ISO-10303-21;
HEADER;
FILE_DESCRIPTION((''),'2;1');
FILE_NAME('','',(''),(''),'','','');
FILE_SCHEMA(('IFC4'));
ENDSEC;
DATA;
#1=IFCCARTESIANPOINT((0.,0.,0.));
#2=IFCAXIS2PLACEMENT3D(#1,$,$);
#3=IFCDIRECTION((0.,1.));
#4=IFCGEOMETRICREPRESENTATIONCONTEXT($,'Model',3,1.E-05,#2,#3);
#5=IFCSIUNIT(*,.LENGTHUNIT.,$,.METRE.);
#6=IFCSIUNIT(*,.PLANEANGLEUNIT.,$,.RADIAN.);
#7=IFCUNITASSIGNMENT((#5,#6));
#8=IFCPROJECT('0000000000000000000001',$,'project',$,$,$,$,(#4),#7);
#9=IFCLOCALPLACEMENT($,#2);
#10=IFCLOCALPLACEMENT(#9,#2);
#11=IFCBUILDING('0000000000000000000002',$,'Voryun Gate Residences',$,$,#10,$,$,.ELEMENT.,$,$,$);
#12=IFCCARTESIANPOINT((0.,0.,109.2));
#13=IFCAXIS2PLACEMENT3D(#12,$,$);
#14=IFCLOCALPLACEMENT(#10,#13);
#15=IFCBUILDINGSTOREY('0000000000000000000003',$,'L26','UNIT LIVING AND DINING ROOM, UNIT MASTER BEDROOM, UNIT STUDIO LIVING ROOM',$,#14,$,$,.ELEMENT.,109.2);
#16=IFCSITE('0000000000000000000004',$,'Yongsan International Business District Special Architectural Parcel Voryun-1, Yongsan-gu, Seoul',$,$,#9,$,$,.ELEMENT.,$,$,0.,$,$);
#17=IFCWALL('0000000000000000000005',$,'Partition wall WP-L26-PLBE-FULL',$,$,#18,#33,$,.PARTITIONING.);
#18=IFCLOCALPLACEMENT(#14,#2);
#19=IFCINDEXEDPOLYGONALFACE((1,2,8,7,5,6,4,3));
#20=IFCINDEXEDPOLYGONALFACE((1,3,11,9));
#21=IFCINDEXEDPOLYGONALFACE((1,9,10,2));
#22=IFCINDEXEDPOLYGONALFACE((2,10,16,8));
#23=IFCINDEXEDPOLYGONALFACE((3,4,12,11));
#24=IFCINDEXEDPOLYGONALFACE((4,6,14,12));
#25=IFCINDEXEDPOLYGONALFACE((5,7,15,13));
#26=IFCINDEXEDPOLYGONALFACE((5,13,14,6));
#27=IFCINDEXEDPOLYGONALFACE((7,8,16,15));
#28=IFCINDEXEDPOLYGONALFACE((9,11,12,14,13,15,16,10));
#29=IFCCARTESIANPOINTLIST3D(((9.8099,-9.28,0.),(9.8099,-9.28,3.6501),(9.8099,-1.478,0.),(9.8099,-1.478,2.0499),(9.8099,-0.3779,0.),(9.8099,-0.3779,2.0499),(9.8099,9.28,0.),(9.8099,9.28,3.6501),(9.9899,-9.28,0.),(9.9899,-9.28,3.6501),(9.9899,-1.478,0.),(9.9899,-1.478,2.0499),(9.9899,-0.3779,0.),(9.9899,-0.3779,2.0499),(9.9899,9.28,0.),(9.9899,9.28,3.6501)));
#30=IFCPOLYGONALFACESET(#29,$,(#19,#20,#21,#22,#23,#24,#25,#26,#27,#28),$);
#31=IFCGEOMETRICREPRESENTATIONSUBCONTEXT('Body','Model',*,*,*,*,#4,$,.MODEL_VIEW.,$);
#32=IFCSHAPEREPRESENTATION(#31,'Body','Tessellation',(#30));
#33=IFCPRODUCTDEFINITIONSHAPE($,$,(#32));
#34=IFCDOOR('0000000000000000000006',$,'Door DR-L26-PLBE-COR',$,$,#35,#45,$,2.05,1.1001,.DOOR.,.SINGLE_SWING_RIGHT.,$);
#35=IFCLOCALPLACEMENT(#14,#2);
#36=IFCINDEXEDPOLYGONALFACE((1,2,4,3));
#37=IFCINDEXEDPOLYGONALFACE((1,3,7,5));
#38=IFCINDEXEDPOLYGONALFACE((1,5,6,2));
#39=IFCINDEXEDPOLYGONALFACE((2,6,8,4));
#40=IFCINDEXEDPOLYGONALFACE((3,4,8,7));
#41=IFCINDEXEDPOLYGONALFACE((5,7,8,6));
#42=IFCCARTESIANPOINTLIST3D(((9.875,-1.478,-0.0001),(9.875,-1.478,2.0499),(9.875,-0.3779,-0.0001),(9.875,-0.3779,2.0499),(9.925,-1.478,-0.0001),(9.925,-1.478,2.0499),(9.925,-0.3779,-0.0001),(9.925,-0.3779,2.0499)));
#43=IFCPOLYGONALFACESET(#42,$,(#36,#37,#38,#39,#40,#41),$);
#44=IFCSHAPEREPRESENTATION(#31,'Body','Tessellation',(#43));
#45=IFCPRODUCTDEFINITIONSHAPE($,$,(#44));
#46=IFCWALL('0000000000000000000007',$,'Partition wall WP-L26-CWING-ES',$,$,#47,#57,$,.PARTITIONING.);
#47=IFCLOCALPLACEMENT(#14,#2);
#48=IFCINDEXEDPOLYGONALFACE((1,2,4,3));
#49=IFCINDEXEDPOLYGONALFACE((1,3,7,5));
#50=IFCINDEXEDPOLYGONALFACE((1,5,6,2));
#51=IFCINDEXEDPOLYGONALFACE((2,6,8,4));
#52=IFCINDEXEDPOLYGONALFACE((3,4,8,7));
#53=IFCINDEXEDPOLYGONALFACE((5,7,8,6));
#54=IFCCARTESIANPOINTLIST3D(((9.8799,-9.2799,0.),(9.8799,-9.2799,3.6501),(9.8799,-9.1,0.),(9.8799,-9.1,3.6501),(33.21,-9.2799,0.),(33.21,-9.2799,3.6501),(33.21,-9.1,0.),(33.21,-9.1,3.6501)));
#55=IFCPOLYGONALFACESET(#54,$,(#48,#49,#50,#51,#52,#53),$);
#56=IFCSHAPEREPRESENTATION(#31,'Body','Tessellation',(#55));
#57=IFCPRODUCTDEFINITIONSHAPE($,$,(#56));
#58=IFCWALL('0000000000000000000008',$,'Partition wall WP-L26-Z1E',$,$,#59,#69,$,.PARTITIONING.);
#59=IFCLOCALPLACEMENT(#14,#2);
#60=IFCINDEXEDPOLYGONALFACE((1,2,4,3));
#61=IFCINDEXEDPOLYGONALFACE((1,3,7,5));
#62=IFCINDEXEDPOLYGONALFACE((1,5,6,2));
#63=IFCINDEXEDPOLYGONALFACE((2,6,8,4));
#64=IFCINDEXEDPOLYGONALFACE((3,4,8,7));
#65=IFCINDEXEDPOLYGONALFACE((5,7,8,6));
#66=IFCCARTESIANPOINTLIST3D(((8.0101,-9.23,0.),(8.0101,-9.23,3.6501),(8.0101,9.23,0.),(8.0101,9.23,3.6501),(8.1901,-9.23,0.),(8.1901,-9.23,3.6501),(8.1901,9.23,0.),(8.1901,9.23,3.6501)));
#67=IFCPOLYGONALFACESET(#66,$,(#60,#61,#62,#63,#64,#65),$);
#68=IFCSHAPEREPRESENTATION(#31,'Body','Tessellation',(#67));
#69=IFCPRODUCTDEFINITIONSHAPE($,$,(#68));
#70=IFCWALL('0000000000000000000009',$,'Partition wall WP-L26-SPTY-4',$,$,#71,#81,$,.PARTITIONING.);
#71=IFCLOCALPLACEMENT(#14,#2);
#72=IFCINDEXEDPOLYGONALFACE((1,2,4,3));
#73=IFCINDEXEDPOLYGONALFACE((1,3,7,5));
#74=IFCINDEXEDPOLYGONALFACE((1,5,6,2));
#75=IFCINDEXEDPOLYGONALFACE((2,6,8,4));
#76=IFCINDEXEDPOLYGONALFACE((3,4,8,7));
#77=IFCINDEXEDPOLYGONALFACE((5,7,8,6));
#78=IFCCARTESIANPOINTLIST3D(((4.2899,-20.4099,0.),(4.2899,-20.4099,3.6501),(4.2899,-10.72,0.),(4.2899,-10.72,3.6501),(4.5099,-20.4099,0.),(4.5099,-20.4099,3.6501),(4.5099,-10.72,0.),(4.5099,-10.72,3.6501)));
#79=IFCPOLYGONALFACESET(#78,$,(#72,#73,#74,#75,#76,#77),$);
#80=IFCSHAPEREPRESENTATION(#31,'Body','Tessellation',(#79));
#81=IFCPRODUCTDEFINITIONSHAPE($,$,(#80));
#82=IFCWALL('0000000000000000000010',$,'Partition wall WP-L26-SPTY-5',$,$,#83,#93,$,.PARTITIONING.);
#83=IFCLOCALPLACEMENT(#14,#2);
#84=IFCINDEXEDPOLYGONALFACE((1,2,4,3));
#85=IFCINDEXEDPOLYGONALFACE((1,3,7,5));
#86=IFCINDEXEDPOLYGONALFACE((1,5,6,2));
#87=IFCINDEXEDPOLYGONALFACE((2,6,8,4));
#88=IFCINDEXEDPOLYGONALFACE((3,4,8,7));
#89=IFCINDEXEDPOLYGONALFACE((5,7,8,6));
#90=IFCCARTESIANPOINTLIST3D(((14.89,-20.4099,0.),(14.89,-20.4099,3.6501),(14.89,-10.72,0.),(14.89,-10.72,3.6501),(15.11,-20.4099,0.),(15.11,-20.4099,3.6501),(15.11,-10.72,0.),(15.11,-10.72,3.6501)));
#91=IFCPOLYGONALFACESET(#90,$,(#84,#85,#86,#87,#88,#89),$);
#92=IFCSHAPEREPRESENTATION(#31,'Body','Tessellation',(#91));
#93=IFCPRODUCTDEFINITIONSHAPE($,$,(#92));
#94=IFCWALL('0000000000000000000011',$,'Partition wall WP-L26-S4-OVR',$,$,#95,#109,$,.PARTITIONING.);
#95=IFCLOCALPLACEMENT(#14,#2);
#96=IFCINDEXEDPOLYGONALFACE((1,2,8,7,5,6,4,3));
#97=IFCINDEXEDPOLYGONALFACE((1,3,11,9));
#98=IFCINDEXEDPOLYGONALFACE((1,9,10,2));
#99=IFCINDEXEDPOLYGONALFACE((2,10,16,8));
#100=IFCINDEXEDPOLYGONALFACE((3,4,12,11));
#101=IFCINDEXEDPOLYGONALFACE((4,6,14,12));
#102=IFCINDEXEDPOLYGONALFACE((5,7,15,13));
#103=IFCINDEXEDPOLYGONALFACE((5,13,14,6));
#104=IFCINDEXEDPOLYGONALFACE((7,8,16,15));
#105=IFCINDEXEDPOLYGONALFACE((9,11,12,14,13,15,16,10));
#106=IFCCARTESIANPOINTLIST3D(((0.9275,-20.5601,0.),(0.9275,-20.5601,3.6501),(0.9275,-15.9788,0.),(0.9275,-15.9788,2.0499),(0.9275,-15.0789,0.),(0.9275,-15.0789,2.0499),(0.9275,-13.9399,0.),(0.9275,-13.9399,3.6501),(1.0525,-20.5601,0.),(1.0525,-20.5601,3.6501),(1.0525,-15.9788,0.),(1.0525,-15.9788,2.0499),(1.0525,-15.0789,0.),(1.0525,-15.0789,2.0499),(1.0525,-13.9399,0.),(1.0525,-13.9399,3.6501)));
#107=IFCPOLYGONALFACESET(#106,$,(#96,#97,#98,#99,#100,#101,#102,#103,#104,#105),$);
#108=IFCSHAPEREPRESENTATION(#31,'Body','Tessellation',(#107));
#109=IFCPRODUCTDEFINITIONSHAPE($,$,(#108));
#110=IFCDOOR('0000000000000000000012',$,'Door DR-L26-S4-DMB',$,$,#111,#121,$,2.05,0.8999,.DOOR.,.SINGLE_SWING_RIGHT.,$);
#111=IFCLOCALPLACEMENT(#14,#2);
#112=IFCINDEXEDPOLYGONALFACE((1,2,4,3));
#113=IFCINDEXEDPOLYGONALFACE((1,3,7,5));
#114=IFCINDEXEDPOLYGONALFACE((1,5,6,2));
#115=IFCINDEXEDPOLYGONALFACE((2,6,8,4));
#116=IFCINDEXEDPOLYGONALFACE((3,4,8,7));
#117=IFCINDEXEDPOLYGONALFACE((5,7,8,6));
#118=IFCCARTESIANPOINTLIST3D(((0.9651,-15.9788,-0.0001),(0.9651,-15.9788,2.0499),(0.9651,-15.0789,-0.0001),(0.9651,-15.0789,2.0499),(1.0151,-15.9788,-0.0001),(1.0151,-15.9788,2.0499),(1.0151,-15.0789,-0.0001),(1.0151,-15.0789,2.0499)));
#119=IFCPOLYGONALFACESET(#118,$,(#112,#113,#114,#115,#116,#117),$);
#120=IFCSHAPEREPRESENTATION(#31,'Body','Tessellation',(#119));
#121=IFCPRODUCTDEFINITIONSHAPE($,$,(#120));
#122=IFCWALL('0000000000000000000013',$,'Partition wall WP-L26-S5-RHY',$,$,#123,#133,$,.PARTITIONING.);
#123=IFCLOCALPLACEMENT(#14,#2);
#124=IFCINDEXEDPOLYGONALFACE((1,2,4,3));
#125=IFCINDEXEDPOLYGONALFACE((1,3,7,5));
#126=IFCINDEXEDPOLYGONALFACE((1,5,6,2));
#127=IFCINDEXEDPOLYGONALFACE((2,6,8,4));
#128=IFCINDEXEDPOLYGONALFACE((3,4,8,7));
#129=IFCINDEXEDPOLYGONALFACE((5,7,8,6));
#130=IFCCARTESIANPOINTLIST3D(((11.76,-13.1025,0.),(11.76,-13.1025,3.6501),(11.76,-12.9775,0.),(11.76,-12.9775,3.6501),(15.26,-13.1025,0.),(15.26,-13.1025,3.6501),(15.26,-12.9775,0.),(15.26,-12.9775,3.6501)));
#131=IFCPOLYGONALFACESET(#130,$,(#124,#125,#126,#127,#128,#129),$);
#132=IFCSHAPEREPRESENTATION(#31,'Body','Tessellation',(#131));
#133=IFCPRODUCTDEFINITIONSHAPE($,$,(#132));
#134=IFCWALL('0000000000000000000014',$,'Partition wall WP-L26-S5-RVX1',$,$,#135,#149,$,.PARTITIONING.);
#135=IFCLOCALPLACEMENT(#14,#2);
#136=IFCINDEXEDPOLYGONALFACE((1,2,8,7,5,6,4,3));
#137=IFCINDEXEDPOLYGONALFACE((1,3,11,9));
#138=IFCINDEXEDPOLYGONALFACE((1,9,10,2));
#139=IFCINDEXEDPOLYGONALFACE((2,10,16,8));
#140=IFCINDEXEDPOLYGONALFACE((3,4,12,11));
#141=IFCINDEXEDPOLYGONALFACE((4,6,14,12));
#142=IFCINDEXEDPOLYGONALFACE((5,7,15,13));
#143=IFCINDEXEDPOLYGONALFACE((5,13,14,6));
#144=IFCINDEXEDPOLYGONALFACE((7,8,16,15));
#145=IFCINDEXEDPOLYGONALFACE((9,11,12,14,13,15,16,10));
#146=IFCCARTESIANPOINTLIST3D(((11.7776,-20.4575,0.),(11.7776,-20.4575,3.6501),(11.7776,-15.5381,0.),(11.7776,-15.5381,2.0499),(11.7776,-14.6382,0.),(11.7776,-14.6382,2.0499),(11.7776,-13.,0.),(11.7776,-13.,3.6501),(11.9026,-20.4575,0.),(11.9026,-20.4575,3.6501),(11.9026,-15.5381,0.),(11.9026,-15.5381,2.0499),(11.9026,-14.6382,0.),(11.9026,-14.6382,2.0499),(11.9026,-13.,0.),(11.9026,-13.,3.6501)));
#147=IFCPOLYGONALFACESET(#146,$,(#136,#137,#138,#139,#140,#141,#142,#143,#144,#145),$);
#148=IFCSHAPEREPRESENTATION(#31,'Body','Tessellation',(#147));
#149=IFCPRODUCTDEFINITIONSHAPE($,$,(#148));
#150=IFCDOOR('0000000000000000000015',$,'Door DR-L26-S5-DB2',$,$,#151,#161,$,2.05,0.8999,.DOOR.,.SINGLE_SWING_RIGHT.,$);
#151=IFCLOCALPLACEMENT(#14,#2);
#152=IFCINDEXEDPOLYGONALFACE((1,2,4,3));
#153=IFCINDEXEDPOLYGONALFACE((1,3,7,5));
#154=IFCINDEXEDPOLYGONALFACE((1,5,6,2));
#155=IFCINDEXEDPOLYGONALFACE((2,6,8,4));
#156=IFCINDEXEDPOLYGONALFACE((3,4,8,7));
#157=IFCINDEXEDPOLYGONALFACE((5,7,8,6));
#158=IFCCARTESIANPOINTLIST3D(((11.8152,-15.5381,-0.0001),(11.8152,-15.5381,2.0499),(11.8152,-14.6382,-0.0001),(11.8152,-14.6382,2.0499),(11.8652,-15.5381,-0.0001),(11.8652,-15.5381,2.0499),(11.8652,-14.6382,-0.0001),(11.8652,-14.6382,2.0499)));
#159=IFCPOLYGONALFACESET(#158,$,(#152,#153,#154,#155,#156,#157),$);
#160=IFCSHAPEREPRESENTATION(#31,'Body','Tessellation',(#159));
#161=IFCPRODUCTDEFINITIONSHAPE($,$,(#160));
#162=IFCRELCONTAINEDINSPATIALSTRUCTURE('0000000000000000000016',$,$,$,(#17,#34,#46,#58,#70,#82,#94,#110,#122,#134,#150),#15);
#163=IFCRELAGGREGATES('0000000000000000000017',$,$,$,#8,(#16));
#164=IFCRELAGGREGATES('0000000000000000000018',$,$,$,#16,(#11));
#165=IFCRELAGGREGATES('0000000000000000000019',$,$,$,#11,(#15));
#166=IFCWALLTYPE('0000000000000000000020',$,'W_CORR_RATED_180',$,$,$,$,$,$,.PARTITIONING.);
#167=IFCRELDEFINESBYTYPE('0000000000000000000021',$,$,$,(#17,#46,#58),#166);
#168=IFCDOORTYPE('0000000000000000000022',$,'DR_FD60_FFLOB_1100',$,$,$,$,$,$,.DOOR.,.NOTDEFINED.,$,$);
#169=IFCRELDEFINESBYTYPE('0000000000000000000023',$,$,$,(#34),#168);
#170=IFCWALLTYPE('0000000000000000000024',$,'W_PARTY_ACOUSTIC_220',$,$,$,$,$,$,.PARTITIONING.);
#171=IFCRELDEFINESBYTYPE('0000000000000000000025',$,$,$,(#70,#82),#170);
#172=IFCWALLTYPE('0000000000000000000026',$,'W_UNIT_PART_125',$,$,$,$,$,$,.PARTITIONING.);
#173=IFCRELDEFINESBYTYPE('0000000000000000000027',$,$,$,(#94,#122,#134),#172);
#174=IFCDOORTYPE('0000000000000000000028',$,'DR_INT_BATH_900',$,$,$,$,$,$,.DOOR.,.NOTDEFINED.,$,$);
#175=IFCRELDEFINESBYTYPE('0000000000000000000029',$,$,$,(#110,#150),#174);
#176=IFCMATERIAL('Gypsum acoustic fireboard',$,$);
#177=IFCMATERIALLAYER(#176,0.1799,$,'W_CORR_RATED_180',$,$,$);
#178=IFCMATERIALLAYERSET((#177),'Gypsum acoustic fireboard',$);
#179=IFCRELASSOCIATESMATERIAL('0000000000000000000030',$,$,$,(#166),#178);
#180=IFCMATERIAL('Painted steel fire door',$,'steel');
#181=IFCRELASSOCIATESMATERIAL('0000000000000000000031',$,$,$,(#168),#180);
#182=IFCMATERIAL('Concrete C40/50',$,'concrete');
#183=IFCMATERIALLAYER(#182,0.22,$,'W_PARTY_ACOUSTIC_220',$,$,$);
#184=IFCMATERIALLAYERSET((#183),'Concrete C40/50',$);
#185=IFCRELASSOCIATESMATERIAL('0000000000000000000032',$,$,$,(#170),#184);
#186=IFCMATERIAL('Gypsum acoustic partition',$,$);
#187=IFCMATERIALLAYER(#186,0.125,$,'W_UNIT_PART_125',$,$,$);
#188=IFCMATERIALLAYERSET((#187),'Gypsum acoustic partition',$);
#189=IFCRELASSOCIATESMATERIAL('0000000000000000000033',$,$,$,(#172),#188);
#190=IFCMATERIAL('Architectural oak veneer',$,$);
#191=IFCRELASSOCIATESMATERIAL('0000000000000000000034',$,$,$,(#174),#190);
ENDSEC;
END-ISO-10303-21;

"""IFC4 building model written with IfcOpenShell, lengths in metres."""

from ifc_helpers import new_model, si_unit, direction, frame, frame_2d, origin, place, context, subcontext, project, spatial, rectangle, extrude, material, layer, layer_set, type_object, element, fill, save


model = new_model("IFC4")

# Units and contexts
model_context = context("Model", 3, precision=1e-05, world=origin(), true_north=direction((0.0, 1.0)))
body_context = subcontext(model_context, "Body", "Model", "MODEL_VIEW")
ifc_project = project(units=[si_unit("LENGTHUNIT", "METRE"), si_unit("PLANEANGLEUNIT", "RADIAN")], contexts=[model_context])

# Site, building, storey
site_placement = place(None, origin())
site = spatial("IfcSite", under=ifc_project, at=site_placement, Name="Yongsan International Business District Special Architectural Parcel Voryun-1, Yongsan-gu, Seoul", CompositionType="ELEMENT", RefElevation=0.0)
building_placement = place(site_placement, origin())
building = spatial("IfcBuilding", under=site, at=building_placement, Name="Voryun Gate Residences", CompositionType="ELEMENT")
storey_placement = place(building_placement, frame((0.0, 0.0, 109.2)))
storey = spatial("IfcBuildingStorey", under=building, at=storey_placement, Name="L26", Description="UNIT LIVING AND DINING ROOM, UNIT MASTER BEDROOM, UNIT STUDIO LIVING ROOM", CompositionType="ELEMENT", Elevation=109.2)

# Wall, opening, door
ifc_material_1 = material(Name="Gypsum acoustic fireboard")
ifc_layer_1 = layer(ifc_material_1, 0.1799, Name="W_CORR_RATED_180")
ifc_layer_set_1 = layer_set([ifc_layer_1], Name="Gypsum acoustic fireboard")
wall_type_1 = type_object("IfcWallType", Name="W_CORR_RATED_180", PredefinedType="PARTITIONING", material=ifc_layer_set_1)
wall_1_placement = place(storey_placement, frame((9.8999, -9.28, 0.0), z_axis=(0.0, 0.0, 1.0), x_axis=(0.0, 1.0, 0.0)))
wall_1 = element("IfcWall", 1, at=wall_1_placement, inside=storey, type_object=wall_type_1, Name="Partition wall WP-L26-PLBE-FULL", PredefinedType="PARTITIONING", context=body_context, shape_type="SweptSolid", body=[
    extrude(rectangle(XDim=18.5601, YDim=0.1799, at=frame_2d((9.28, 0.0))), origin(), (0.0, 0.0, 1.0), 3.6501),
])
opening_1_placement = place(wall_1_placement, frame((7.802, 0.0, 0.0)))
opening_1 = element("IfcOpeningElement", 2, at=opening_1_placement, cuts=wall_1, PredefinedType="OPENING", context=body_context, shape_type="SweptSolid", body=[
    extrude(rectangle(XDim=1.1001, YDim=2.05, at=frame_2d((0.55, 1.0249))), frame((0.0, 0.0999, 0.0), z_axis=(0.0, -1.0, 0.0), x_axis=(1.0, 0.0, 0.0)), (0.0, 0.0, 1.0), 0.2),
])
ifc_material_2 = material(Name="Painted steel fire door", Category="steel")
door_type_1 = type_object("IfcDoorType", Name="DR_FD60_FFLOB_1100", OperationType="NOTDEFINED", PredefinedType="DOOR", material=ifc_material_2)
door_1_placement = place(opening_1_placement, origin())
door_1 = element("IfcDoor", 3, at=door_1_placement, inside=storey, type_object=door_type_1, Name="Door DR-L26-PLBE-COR", OperationType="SINGLE_SWING_RIGHT", OverallHeight=2.05, OverallWidth=1.1001, PredefinedType="DOOR", context=body_context, shape_type="SweptSolid", body=[
    extrude(rectangle(XDim=1.1001, YDim=2.05, at=frame_2d((0.55, 1.0249))), frame((0.0, 0.0249, 0.0), z_axis=(0.0, -1.0, 0.0), x_axis=(1.0, 0.0, 0.0)), (0.0, 0.0, 1.0), 0.05),
])
fill(opening_1, door_1)

# Walls
wall_2_placement = place(storey_placement, frame((9.8799, -9.1899, 0.0), z_axis=(0.0, 0.0, 1.0), x_axis=(1.0, 0.0, 0.0)))
element("IfcWall", 4, at=wall_2_placement, inside=storey, type_object=wall_type_1, Name="Partition wall WP-L26-CWING-ES", PredefinedType="PARTITIONING", context=body_context, shape_type="SweptSolid", body=[
    extrude(rectangle(XDim=23.3301, YDim=0.1799, at=frame_2d((11.665, 0.0))), origin(), (0.0, 0.0, 1.0), 3.6501),
])
wall_3_placement = place(storey_placement, frame((8.1001, -9.23, 0.0), z_axis=(0.0, 0.0, 1.0), x_axis=(0.0, 1.0, 0.0)))
element("IfcWall", 5, at=wall_3_placement, inside=storey, type_object=wall_type_1, Name="Partition wall WP-L26-Z1E", PredefinedType="PARTITIONING", context=body_context, shape_type="SweptSolid", body=[
    extrude(rectangle(XDim=18.46, YDim=0.1799, at=frame_2d((9.23, 0.0))), origin(), (0.0, 0.0, 1.0), 3.6501),
])
ifc_material_3 = material(Name="Concrete C40/50", Category="concrete")
ifc_layer_2 = layer(ifc_material_3, 0.22, Name="W_PARTY_ACOUSTIC_220")
ifc_layer_set_2 = layer_set([ifc_layer_2], Name="Concrete C40/50")
wall_type_2 = type_object("IfcWallType", Name="W_PARTY_ACOUSTIC_220", PredefinedType="PARTITIONING", material=ifc_layer_set_2)
for number, where, z_axis, x_axis, name in (
    (6, (4.3999, -20.4099, 0.0), (0.0, 0.0, 1.0), (0.0, 1.0, 0.0), "Partition wall WP-L26-SPTY-4"),
    (7, (15.0, -20.4099, 0.0), (0.0, 0.0, 1.0), (0.0, 1.0, 0.0), "Partition wall WP-L26-SPTY-5"),
):
    element("IfcWall", number, at=place(storey_placement, frame(where, z_axis=z_axis, x_axis=x_axis)), inside=storey, type_object=wall_type_2, Name=name, PredefinedType="PARTITIONING", context=body_context, shape_type="SweptSolid", body=[
        extrude(rectangle(XDim=9.6899, YDim=0.22, at=frame_2d((4.845, 0.0))), origin(), (0.0, 0.0, 1.0), 3.6501),
    ])

# Wall, opening, door
ifc_material_4 = material(Name="Gypsum acoustic partition")
ifc_layer_3 = layer(ifc_material_4, 0.125, Name="W_UNIT_PART_125")
ifc_layer_set_3 = layer_set([ifc_layer_3], Name="Gypsum acoustic partition")
wall_type_3 = type_object("IfcWallType", Name="W_UNIT_PART_125", PredefinedType="PARTITIONING", material=ifc_layer_set_3)
wall_4_placement = place(storey_placement, frame((0.99, -20.5601, 0.0), z_axis=(0.0, 0.0, 1.0), x_axis=(0.0, 1.0, 0.0)))
wall_4 = element("IfcWall", 8, at=wall_4_placement, inside=storey, type_object=wall_type_3, Name="Partition wall WP-L26-S4-OVR", PredefinedType="PARTITIONING", context=body_context, shape_type="SweptSolid", body=[
    extrude(rectangle(XDim=6.6201, YDim=0.125, at=frame_2d((3.3101, 0.0))), origin(), (0.0, 0.0, 1.0), 3.6501),
])
opening_2_placement = place(wall_4_placement, frame((4.5813, 0.0, 0.0)))
opening_2 = element("IfcOpeningElement", 9, at=opening_2_placement, cuts=wall_4, PredefinedType="OPENING", context=body_context, shape_type="SweptSolid", body=[
    extrude(rectangle(XDim=0.8999, YDim=2.05, at=frame_2d((0.45, 1.0249))), frame((0.0, 0.0725, 0.0), z_axis=(0.0, -1.0, 0.0), x_axis=(1.0, 0.0, 0.0)), (0.0, 0.0, 1.0), 0.145),
])
ifc_material_5 = material(Name="Architectural oak veneer")
door_type_2 = type_object("IfcDoorType", Name="DR_INT_BATH_900", OperationType="NOTDEFINED", PredefinedType="DOOR", material=ifc_material_5)
door_2_placement = place(opening_2_placement, origin())
door_2 = element("IfcDoor", 10, at=door_2_placement, inside=storey, type_object=door_type_2, Name="Door DR-L26-S4-DMB", OperationType="SINGLE_SWING_RIGHT", OverallHeight=2.05, OverallWidth=0.8999, PredefinedType="DOOR", context=body_context, shape_type="SweptSolid", body=[
    extrude(rectangle(XDim=0.8999, YDim=2.05, at=frame_2d((0.45, 1.0249))), frame((0.0, 0.0249, 0.0), z_axis=(0.0, -1.0, 0.0), x_axis=(1.0, 0.0, 0.0)), (0.0, 0.0, 1.0), 0.05),
])
fill(opening_2, door_2)

# Wall
wall_5_placement = place(storey_placement, frame((11.76, -13.04, 0.0), z_axis=(0.0, 0.0, 1.0), x_axis=(1.0, 0.0, 0.0)))
element("IfcWall", 11, at=wall_5_placement, inside=storey, type_object=wall_type_3, Name="Partition wall WP-L26-S5-RHY", PredefinedType="PARTITIONING", context=body_context, shape_type="SweptSolid", body=[
    extrude(rectangle(XDim=3.5, YDim=0.125, at=frame_2d((1.75, 0.0))), origin(), (0.0, 0.0, 1.0), 3.6501),
])

# Wall, opening, door
wall_6_placement = place(storey_placement, frame((11.8401, -20.4575, 0.0), z_axis=(0.0, 0.0, 1.0), x_axis=(0.0, 1.0, 0.0)))
wall_6 = element("IfcWall", 12, at=wall_6_placement, inside=storey, type_object=wall_type_3, Name="Partition wall WP-L26-S5-RVX1", PredefinedType="PARTITIONING", context=body_context, shape_type="SweptSolid", body=[
    extrude(rectangle(XDim=7.4575, YDim=0.125, at=frame_2d((3.7288, 0.0))), origin(), (0.0, 0.0, 1.0), 3.6501),
])
opening_3_placement = place(wall_6_placement, frame((4.9194, 0.0, 0.0)))
opening_3 = element("IfcOpeningElement", 13, at=opening_3_placement, cuts=wall_6, PredefinedType="OPENING", context=body_context, shape_type="SweptSolid", body=[
    extrude(rectangle(XDim=0.8999, YDim=2.05, at=frame_2d((0.45, 1.0249))), frame((0.0, 0.0725, 0.0), z_axis=(0.0, -1.0, 0.0), x_axis=(1.0, 0.0, 0.0)), (0.0, 0.0, 1.0), 0.145),
])
door_3_placement = place(opening_3_placement, origin())
door_3 = element("IfcDoor", 14, at=door_3_placement, inside=storey, type_object=door_type_2, Name="Door DR-L26-S5-DB2", OperationType="SINGLE_SWING_RIGHT", OverallHeight=2.05, OverallWidth=0.8999, PredefinedType="DOOR", context=body_context, shape_type="SweptSolid", body=[
    extrude(rectangle(XDim=0.8999, YDim=2.05, at=frame_2d((0.45, 1.0249))), frame((0.0, 0.0249, 0.0), z_axis=(0.0, -1.0, 0.0), x_axis=(1.0, 0.0, 0.0)), (0.0, 0.0, 1.0), 0.05),
])
fill(opening_3, door_3)

save(model, "model.ifc")
